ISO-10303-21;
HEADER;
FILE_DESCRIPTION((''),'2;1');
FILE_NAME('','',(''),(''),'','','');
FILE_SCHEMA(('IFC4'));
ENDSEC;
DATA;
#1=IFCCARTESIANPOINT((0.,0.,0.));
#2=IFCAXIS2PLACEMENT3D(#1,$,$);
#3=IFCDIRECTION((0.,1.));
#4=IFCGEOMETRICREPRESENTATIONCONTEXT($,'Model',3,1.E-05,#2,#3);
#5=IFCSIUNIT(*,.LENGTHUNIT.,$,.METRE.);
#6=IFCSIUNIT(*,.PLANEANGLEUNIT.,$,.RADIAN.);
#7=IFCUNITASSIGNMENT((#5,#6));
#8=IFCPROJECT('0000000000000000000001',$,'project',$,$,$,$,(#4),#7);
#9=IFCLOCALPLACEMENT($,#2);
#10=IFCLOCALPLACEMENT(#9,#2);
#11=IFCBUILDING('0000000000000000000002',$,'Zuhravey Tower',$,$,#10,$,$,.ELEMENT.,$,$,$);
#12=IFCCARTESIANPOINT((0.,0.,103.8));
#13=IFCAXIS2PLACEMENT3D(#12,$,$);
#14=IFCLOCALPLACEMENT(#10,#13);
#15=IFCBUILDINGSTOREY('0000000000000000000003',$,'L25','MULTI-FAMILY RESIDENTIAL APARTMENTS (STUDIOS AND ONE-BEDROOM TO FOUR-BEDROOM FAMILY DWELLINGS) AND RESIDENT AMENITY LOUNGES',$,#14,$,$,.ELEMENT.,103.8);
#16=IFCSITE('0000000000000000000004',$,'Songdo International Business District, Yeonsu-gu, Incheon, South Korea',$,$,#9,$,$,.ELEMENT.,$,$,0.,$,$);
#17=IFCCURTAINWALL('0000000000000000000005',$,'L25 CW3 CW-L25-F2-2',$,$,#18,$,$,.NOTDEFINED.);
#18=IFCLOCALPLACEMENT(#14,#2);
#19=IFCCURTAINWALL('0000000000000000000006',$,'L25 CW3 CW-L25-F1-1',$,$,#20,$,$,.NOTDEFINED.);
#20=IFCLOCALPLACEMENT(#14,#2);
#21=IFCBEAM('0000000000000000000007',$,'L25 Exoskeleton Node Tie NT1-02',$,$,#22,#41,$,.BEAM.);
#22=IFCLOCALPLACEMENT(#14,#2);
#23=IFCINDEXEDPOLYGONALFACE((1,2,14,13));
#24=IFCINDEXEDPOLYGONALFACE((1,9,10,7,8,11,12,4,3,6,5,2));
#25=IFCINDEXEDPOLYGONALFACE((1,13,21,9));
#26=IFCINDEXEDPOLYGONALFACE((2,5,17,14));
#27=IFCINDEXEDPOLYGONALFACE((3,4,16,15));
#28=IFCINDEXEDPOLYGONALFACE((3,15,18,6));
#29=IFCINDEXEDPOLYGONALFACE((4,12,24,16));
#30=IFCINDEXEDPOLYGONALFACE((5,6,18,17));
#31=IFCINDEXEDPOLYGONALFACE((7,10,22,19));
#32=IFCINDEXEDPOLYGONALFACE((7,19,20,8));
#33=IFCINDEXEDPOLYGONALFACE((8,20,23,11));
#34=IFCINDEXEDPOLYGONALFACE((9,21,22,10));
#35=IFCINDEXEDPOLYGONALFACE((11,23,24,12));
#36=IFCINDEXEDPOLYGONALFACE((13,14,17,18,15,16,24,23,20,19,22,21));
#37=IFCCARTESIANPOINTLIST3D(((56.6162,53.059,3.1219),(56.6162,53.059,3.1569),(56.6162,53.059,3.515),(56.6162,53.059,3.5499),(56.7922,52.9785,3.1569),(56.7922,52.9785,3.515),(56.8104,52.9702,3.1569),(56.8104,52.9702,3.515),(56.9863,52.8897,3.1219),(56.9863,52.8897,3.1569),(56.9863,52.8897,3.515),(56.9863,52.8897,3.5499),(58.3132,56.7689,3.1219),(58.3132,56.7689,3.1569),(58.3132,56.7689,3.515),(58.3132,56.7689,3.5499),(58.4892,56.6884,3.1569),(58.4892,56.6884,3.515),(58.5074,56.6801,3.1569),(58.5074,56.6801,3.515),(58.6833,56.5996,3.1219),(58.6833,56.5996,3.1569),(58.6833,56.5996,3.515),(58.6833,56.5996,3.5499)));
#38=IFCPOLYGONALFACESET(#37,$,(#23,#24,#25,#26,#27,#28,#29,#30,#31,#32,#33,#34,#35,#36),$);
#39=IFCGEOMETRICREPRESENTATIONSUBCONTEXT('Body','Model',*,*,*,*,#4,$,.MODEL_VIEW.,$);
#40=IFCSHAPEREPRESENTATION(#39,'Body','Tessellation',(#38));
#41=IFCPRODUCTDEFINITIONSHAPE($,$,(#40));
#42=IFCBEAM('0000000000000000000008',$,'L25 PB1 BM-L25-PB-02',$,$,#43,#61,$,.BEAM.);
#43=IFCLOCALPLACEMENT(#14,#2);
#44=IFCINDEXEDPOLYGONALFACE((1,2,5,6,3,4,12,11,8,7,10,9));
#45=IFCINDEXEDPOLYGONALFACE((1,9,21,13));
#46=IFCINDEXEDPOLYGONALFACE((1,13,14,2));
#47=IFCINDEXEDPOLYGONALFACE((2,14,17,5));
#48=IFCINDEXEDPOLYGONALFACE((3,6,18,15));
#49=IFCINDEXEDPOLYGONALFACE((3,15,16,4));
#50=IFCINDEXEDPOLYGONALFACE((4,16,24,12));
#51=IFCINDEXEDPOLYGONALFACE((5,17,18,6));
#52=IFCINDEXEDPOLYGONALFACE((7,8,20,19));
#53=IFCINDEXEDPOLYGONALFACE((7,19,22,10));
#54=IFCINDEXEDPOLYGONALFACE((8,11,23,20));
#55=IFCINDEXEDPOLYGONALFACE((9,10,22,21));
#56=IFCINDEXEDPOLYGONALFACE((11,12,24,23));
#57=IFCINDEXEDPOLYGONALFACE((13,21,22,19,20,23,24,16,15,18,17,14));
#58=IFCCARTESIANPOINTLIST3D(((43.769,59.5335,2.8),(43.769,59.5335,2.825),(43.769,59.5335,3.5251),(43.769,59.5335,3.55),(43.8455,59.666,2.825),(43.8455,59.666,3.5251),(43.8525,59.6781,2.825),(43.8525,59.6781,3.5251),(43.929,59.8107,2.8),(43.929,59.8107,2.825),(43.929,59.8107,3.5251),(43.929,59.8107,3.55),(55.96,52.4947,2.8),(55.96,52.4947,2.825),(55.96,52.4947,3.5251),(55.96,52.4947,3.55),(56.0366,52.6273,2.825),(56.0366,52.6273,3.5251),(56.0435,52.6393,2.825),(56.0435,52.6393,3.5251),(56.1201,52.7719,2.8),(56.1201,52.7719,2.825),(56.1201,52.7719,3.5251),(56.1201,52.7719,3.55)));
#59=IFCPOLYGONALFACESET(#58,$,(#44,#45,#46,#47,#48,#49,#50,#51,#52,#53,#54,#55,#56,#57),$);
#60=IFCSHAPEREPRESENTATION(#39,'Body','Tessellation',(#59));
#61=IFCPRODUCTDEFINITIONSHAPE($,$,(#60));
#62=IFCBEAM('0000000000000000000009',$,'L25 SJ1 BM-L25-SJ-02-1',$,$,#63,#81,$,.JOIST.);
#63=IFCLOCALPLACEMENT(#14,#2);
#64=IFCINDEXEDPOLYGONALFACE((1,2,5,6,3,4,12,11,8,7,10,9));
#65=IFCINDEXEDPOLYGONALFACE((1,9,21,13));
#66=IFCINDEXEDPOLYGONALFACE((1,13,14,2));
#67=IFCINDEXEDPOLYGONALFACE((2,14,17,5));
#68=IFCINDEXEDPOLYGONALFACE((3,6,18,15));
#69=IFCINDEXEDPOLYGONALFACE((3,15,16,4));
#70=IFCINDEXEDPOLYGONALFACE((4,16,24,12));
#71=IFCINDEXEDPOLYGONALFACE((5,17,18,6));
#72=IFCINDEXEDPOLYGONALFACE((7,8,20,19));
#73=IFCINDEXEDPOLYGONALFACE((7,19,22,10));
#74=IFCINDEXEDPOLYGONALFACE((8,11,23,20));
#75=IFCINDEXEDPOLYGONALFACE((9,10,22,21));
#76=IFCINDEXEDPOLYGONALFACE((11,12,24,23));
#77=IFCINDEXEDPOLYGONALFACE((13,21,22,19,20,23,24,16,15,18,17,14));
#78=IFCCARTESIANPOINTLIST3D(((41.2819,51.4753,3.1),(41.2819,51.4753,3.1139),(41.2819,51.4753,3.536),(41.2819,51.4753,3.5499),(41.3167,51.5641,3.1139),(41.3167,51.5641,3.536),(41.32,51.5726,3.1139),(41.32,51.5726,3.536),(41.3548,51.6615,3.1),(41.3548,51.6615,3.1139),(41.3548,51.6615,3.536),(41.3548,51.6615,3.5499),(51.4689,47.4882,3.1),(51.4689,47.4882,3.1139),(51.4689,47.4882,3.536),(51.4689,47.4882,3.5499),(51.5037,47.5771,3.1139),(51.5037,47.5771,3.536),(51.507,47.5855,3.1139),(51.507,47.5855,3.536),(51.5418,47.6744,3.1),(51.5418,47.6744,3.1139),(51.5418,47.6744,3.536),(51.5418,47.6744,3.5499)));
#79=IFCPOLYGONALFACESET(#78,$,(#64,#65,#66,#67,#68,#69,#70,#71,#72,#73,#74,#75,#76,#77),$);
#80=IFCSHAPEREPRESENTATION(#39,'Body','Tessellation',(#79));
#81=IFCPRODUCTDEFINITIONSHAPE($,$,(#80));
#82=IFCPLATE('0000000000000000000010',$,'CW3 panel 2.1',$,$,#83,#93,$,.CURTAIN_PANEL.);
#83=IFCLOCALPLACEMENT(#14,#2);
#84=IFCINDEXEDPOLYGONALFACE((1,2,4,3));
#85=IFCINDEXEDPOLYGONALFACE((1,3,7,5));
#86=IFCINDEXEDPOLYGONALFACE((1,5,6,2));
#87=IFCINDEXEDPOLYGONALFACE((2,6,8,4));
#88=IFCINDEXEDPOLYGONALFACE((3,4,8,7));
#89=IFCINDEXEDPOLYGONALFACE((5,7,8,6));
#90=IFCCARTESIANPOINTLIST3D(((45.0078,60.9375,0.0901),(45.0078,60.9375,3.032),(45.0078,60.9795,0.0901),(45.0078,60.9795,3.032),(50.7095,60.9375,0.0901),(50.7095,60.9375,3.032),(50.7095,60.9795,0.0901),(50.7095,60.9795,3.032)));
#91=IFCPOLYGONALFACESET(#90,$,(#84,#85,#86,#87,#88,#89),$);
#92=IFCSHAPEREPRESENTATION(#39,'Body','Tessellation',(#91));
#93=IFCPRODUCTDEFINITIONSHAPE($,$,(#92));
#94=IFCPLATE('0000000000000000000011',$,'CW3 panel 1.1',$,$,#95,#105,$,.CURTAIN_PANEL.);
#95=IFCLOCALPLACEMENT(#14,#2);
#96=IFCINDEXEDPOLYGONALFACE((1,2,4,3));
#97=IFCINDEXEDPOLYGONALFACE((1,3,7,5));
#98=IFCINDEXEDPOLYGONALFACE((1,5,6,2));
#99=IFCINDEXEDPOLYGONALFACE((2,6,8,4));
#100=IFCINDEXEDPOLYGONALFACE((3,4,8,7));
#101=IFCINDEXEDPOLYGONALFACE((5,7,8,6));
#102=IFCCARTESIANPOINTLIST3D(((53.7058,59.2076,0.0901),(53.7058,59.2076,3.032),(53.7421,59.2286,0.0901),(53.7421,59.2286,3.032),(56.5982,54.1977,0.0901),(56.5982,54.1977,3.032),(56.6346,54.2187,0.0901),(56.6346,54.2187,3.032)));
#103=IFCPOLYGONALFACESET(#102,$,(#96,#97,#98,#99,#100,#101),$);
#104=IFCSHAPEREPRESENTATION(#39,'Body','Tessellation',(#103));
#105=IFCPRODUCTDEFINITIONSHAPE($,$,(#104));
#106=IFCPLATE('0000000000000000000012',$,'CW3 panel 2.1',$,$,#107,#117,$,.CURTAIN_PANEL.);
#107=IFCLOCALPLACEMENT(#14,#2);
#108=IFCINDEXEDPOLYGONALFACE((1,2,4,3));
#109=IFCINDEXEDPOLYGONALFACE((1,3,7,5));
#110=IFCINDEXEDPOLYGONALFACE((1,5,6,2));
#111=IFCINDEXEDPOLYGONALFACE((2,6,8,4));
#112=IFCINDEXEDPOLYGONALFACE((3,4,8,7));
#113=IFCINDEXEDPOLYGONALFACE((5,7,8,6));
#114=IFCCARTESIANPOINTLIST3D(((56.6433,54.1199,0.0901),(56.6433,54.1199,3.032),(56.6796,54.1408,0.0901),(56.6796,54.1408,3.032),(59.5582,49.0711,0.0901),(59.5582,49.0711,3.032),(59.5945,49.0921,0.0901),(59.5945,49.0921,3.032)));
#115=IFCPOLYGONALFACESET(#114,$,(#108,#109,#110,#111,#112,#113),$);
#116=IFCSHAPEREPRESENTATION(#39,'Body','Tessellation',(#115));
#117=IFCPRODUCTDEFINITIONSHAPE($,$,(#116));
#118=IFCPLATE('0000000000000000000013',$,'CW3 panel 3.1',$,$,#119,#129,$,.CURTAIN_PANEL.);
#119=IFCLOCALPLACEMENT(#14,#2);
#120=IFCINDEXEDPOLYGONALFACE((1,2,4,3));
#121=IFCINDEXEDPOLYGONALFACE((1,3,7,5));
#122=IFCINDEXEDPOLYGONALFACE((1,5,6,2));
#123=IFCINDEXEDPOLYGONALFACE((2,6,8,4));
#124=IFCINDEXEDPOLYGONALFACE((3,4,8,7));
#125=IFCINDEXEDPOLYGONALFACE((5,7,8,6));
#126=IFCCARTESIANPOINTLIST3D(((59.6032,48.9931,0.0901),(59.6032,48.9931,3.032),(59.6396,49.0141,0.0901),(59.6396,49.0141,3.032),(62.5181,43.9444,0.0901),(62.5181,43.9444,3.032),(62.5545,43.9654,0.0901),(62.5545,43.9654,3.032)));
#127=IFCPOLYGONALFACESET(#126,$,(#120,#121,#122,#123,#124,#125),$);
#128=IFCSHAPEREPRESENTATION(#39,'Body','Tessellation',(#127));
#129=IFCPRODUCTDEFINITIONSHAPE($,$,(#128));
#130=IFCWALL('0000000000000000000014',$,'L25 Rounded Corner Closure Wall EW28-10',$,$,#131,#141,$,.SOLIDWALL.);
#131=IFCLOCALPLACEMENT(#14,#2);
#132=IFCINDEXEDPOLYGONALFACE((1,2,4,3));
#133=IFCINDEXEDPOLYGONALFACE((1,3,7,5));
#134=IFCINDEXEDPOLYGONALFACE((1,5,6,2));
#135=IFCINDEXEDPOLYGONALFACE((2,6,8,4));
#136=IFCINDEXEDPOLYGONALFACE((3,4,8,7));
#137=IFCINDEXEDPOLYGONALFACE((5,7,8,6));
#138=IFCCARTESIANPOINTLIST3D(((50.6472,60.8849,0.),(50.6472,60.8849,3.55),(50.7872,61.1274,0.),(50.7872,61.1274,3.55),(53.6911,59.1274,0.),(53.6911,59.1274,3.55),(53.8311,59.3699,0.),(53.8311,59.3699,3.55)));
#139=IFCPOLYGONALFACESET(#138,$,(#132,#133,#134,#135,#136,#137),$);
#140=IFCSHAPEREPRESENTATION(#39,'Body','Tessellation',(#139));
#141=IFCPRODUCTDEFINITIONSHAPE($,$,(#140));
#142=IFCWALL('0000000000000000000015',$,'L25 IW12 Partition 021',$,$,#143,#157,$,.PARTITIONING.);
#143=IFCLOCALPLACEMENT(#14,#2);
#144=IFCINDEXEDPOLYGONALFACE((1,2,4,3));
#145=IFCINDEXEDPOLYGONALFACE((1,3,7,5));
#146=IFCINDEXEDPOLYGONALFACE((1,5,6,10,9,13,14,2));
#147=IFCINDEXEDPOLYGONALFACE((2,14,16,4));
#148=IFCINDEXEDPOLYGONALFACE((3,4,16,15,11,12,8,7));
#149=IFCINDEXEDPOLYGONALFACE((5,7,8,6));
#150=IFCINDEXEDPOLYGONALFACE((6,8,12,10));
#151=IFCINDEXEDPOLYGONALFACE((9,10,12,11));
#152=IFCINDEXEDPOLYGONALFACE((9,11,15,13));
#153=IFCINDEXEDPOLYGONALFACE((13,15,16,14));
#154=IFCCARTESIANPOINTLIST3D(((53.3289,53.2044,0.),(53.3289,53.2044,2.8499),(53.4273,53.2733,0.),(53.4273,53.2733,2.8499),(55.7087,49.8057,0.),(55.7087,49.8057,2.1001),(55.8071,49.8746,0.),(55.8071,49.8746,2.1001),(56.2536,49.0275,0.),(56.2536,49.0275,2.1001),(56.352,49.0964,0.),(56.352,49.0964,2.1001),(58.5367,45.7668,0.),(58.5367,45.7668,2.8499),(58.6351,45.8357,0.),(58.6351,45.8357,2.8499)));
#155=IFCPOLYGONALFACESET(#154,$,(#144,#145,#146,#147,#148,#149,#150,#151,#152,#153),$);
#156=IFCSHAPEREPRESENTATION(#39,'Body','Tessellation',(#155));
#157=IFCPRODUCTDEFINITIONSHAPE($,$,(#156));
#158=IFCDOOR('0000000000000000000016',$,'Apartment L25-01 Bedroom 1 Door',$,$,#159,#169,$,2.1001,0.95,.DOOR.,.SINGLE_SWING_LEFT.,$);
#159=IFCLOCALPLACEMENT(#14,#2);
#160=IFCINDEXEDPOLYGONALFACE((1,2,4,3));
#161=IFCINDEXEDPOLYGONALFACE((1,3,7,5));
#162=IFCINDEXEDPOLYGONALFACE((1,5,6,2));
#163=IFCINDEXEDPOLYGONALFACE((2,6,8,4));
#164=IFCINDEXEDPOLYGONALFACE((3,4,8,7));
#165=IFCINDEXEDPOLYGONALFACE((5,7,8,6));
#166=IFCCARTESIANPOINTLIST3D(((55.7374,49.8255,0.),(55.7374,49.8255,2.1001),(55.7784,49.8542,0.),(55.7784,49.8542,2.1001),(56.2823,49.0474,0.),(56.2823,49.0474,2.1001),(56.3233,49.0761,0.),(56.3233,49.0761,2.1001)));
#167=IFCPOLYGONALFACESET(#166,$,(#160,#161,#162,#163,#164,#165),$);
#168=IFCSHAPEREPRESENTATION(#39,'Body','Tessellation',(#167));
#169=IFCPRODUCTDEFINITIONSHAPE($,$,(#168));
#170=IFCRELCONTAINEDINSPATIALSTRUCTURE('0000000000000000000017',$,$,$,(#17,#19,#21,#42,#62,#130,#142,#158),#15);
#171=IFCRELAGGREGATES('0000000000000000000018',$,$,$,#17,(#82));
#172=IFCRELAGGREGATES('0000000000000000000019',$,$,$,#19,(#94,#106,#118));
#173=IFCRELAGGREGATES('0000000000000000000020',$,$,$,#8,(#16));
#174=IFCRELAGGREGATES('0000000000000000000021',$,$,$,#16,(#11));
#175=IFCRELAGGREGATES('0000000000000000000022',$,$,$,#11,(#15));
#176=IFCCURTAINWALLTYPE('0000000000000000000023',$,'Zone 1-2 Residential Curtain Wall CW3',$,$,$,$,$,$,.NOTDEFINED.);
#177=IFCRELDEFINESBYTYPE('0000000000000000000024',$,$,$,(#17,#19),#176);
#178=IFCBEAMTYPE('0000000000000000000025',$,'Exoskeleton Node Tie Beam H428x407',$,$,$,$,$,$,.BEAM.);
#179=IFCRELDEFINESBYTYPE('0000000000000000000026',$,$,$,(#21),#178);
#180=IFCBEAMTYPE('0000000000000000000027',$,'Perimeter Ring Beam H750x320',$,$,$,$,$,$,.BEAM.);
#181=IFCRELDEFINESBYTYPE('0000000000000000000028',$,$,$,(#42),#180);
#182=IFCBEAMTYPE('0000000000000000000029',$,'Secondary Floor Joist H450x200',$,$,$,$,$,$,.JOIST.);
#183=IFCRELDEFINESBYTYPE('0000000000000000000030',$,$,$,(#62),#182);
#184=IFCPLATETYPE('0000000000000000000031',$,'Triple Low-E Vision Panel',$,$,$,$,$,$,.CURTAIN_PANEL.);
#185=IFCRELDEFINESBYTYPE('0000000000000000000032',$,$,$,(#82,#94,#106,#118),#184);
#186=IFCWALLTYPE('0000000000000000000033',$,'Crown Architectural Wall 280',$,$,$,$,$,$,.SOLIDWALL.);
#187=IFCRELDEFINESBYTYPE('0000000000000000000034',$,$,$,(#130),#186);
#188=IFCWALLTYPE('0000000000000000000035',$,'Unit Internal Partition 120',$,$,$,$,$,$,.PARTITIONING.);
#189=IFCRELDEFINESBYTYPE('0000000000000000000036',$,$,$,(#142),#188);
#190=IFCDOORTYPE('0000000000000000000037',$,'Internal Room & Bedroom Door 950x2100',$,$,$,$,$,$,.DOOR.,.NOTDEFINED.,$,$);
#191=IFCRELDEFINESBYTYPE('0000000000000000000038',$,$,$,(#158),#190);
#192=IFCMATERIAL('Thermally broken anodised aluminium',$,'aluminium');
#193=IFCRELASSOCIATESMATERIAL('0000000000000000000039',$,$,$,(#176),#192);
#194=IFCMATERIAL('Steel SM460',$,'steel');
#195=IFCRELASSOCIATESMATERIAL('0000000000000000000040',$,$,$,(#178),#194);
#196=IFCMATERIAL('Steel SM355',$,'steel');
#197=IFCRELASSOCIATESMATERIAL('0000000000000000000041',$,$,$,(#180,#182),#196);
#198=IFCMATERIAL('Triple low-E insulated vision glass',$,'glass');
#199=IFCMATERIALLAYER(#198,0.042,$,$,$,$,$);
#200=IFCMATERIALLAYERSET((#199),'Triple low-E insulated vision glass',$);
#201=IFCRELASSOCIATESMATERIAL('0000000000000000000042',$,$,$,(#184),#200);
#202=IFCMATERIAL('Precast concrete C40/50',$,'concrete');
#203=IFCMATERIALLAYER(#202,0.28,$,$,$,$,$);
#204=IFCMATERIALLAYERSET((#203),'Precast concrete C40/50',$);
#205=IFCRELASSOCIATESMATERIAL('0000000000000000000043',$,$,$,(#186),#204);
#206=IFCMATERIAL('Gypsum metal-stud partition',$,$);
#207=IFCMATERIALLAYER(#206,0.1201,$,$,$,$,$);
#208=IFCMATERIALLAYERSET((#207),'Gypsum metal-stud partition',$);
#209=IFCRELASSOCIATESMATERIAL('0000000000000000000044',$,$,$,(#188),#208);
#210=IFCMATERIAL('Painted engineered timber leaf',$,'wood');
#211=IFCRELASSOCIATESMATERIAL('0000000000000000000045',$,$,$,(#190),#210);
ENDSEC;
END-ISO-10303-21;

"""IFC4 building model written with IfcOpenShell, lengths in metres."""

from ifc_helpers import new_model, si_unit, direction, frame, frame_2d, origin, origin_2d, place, context, subcontext, project, spatial, rectangle, i_section, extrude, material, layer, layer_set, material_profile, profile_set, type_object, element, fill, aggregate, save


model = new_model("IFC4")

# Units and contexts
model_context = context("Model", 3, precision=1e-05, world=origin(), true_north=direction((0.0, 1.0)))
body_context = subcontext(model_context, "Body", "Model", "MODEL_VIEW")
ifc_project = project(units=[si_unit("LENGTHUNIT", "METRE"), si_unit("PLANEANGLEUNIT", "RADIAN")], contexts=[model_context])

# Site, building, storey
site_placement = place(None, origin())
site = spatial("IfcSite", under=ifc_project, at=site_placement, Name="Songdo International Business District, Yeonsu-gu, Incheon, South Korea", CompositionType="ELEMENT", RefElevation=0.0)
building_placement = place(site_placement, origin())
building = spatial("IfcBuilding", under=site, at=building_placement, Name="Zuhravey Tower", CompositionType="ELEMENT")
storey_placement = place(building_placement, frame((0.0, 0.0, 103.8)))
storey = spatial("IfcBuildingStorey", under=building, at=storey_placement, Name="L25", Description="MULTI-FAMILY RESIDENTIAL APARTMENTS (STUDIOS AND ONE-BEDROOM TO FOUR-BEDROOM FAMILY DWELLINGS) AND RESIDENT AMENITY LOUNGES", CompositionType="ELEMENT", Elevation=103.8)

# Curtain wall
ifc_material_1 = material(Name="Thermally broken anodised aluminium", Category="aluminium")
curtain_wall_type = type_object("IfcCurtainWallType", Name="Zone 1-2 Residential Curtain Wall CW3", PredefinedType="NOTDEFINED", material=ifc_material_1)
curtain_wall_1_placement = place(storey_placement, origin())
curtain_wall_1 = element("IfcCurtainWall", 1, at=curtain_wall_1_placement, inside=storey, type_object=curtain_wall_type, Name="L25 CW3 CW-L25-F2-2", PredefinedType="NOTDEFINED")

# Curtain wall
curtain_wall_2_placement = place(storey_placement, origin())
curtain_wall_2 = element("IfcCurtainWall", 2, at=curtain_wall_2_placement, inside=storey, type_object=curtain_wall_type, Name="L25 CW3 CW-L25-F1-1", PredefinedType="NOTDEFINED")

# Beams
ifc_material_2 = material(Name="Steel SM460", Category="steel")
ifc_material_profile_1 = material_profile(ifc_material_2, i_section(OverallWidth=0.407, OverallDepth=0.428, WebThickness=0.02, FlangeThickness=0.0349, at=origin_2d()), Name="H-428x407x20x35")
ifc_profile_set_1 = profile_set([ifc_material_profile_1], Name="Steel SM460")
beam_type_1 = type_object("IfcBeamType", Name="Exoskeleton Node Tie Beam H428x407", PredefinedType="BEAM", material=ifc_profile_set_1)
beam_1_placement = place(storey_placement, frame((56.8013, 52.9744, 3.3359), z_axis=(0.41597, 0.909378, 0.0), x_axis=(-0.909378, 0.41597, 0.0)))
element("IfcBeam", 3, at=beam_1_placement, inside=storey, type_object=beam_type_1, Name="L25 Exoskeleton Node Tie NT1-02", PredefinedType="BEAM", context=body_context, shape_type="SweptSolid", body=[
    extrude(i_section(OverallWidth=0.407, OverallDepth=0.428, WebThickness=0.02, FlangeThickness=0.0349, at=origin_2d()), origin(), (0.0, 0.0, 1.0), 4.0796),
])
ifc_material_3 = material(Name="Steel SM355", Category="steel")
ifc_material_profile_2 = material_profile(ifc_material_3, i_section(OverallWidth=0.3201, OverallDepth=0.75, WebThickness=0.0139, FlangeThickness=0.0249, at=origin_2d()), Name="H-750x320x14x25")
ifc_profile_set_2 = profile_set([ifc_material_profile_2], Name="Steel SM355")
beam_type_2 = type_object("IfcBeamType", Name="Perimeter Ring Beam H750x320", PredefinedType="BEAM", material=ifc_profile_set_2)
beam_2_placement = place(storey_placement, frame((56.04, 52.6333, 3.175), z_axis=(-0.866018, 0.500013, 0.0), x_axis=(-0.500013, -0.866018, 0.0)))
element("IfcBeam", 4, at=beam_2_placement, inside=storey, type_object=beam_type_2, Name="L25 PB1 BM-L25-PB-02", PredefinedType="BEAM", context=body_context, shape_type="SweptSolid", body=[
    extrude(i_section(OverallWidth=0.3201, OverallDepth=0.75, WebThickness=0.0139, FlangeThickness=0.0249, at=origin_2d()), origin(), (0.0, 0.0, 1.0), 14.0771),
])
ifc_material_profile_3 = material_profile(ifc_material_3, i_section(OverallWidth=0.2, OverallDepth=0.45, WebThickness=0.009, FlangeThickness=0.0139, at=origin_2d()), Name="H-450x200x9x14")
ifc_profile_set_3 = profile_set([ifc_material_profile_3], Name="Steel SM355")
beam_type_3 = type_object("IfcBeamType", Name="Secondary Floor Joist H450x200", PredefinedType="JOIST", material=ifc_profile_set_3)
beam_3_placement = place(storey_placement, frame((51.5054, 47.5813, 3.325), z_axis=(-0.931217, 0.364466, 0.0), x_axis=(-0.364466, -0.931217, 0.0)))
element("IfcBeam", 5, at=beam_3_placement, inside=storey, type_object=beam_type_3, Name="L25 SJ1 BM-L25-SJ-02-1", PredefinedType="JOIST", context=body_context, shape_type="SweptSolid", body=[
    extrude(i_section(OverallWidth=0.2, OverallDepth=0.45, WebThickness=0.009, FlangeThickness=0.0139, at=origin_2d()), origin(), (0.0, 0.0, 1.0), 10.9395),
])

# Plates
ifc_material_4 = material(Name="Triple low-E insulated vision glass", Category="glass")
ifc_layer_1 = layer(ifc_material_4, 0.042)
ifc_layer_set_1 = layer_set([ifc_layer_1], Name="Triple low-E insulated vision glass")
plate_type = type_object("IfcPlateType", Name="Triple Low-E Vision Panel", PredefinedType="CURTAIN_PANEL", material=ifc_layer_set_1)
plate_1_placement = place(storey_placement, frame((47.8586, 60.9585, 0.0901), z_axis=(0.0, 0.0, 1.0), x_axis=(1.0, 0.0, 0.0)))
plate_1 = element("IfcPlate", 6, at=plate_1_placement, type_object=plate_type, Name="CW3 panel 2.1", PredefinedType="CURTAIN_PANEL", context=body_context, shape_type="SweptSolid", body=[
    extrude(rectangle(XDim=5.7017, YDim=0.042, at=origin_2d()), origin(), (0.0, 0.0, 1.0), 2.9419),
])
aggregate(curtain_wall_1, [plate_1])
plate_2_placement = place(storey_placement, frame((55.1702, 56.7131, 0.0901), z_axis=(0.0, 0.0, 1.0), x_axis=(0.5, -0.866026, 0.0)))
plate_2 = element("IfcPlate", 7, at=plate_2_placement, type_object=plate_type, Name="CW3 panel 1.1", PredefinedType="CURTAIN_PANEL", context=body_context, shape_type="SweptSolid", body=[
    extrude(rectangle(XDim=5.7849, YDim=0.042, at=origin_2d()), origin(), (0.0, 0.0, 1.0), 2.9419),
])
plate_3_placement = place(storey_placement, frame((58.1189, 51.606, 0.0901), z_axis=(0.0, 0.0, 1.0), x_axis=(0.5, -0.866026, 0.0)))
plate_3 = element("IfcPlate", 8, at=plate_3_placement, type_object=plate_type, Name="CW3 panel 2.1", PredefinedType="CURTAIN_PANEL", context=body_context, shape_type="SweptSolid", body=[
    extrude(rectangle(XDim=5.8298, YDim=0.042, at=origin_2d()), origin(), (0.0, 0.0, 1.0), 2.9419),
])
plate_4_placement = place(storey_placement, frame((61.0789, 46.4792, 0.0901), z_axis=(0.0, 0.0, 1.0), x_axis=(0.5, -0.866026, 0.0)))
plate_4 = element("IfcPlate", 9, at=plate_4_placement, type_object=plate_type, Name="CW3 panel 3.1", PredefinedType="CURTAIN_PANEL", context=body_context, shape_type="SweptSolid", body=[
    extrude(rectangle(XDim=5.8298, YDim=0.042, at=origin_2d()), origin(), (0.0, 0.0, 1.0), 2.9419),
])
aggregate(curtain_wall_2, [plate_2, plate_3, plate_4])

# Wall
ifc_material_5 = material(Name="Precast concrete C40/50", Category="concrete")
ifc_layer_2 = layer(ifc_material_5, 0.28)
ifc_layer_set_2 = layer_set([ifc_layer_2], Name="Precast concrete C40/50")
wall_type_1 = type_object("IfcWallType", Name="Crown Architectural Wall 280", PredefinedType="SOLIDWALL", material=ifc_layer_set_2)
wall_1_placement = place(storey_placement, frame((50.7173, 61.0061, 0.0), z_axis=(0.0, 0.0, 1.0), x_axis=(0.866007, -0.500031, 0.0)))
element("IfcWall", 10, at=wall_1_placement, inside=storey, type_object=wall_type_1, Name="L25 Rounded Corner Closure Wall EW28-10", PredefinedType="SOLIDWALL", context=body_context, shape_type="SweptSolid", body=[
    extrude(rectangle(XDim=3.5149, YDim=0.28, at=frame_2d((1.7573, 0.0))), origin(), (0.0, 0.0, 1.0), 3.55),
])

# Wall, opening, door
ifc_material_6 = material(Name="Gypsum metal-stud partition")
ifc_layer_3 = layer(ifc_material_6, 0.1201)
ifc_layer_set_3 = layer_set([ifc_layer_3], Name="Gypsum metal-stud partition")
wall_type_2 = type_object("IfcWallType", Name="Unit Internal Partition 120", PredefinedType="PARTITIONING", material=ifc_layer_set_3)
wall_2_placement = place(storey_placement, frame((58.5859, 45.8013, 0.0), z_axis=(0.0, 0.0, 1.0), x_axis=(-0.573574, 0.819154, 0.0)))
wall_2 = element("IfcWall", 11, at=wall_2_placement, inside=storey, type_object=wall_type_2, Name="L25 IW12 Partition 021", PredefinedType="PARTITIONING", context=body_context, shape_type="SweptSolid", body=[
    extrude(rectangle(XDim=9.0796, YDim=0.1201, at=frame_2d((4.5398, 0.0))), origin(), (0.0, 0.0, 1.0), 2.8499),
])
opening_1_placement = place(wall_2_placement, frame((3.9805, 0.0, 0.0)))
opening_1 = element("IfcOpeningElement", 12, at=opening_1_placement, cuts=wall_2, PredefinedType="OPENING", context=body_context, shape_type="SweptSolid", body=[
    extrude(rectangle(XDim=0.95, YDim=2.1001, at=frame_2d((0.4751, 1.05))), frame((0.0, 0.072, 0.0), z_axis=(0.0, -1.0, 0.0), x_axis=(1.0, 0.0, 0.0)), (0.0, 0.0, 1.0), 0.144),
])
ifc_material_7 = material(Name="Painted engineered timber leaf", Category="wood")
door_type = type_object("IfcDoorType", Name="Internal Room & Bedroom Door 950x2100", OperationType="NOTDEFINED", PredefinedType="DOOR", material=ifc_material_7)
door_1_placement = place(opening_1_placement, frame((0.95, 0.0, 0.0), z_axis=(0.0, 0.0, 1.0), x_axis=(-1.0, 0.0, 0.0)))
door_1 = element("IfcDoor", 13, at=door_1_placement, inside=storey, type_object=door_type, Name="Apartment L25-01 Bedroom 1 Door", OperationType="SINGLE_SWING_LEFT", OverallHeight=2.1001, OverallWidth=0.95, PredefinedType="DOOR", context=body_context, shape_type="SweptSolid", body=[
    extrude(rectangle(XDim=0.95, YDim=2.1001, at=frame_2d((0.4751, 1.05))), frame((0.0, 0.0249, 0.0), z_axis=(0.0, -1.0, 0.0), x_axis=(1.0, 0.0, 0.0)), (0.0, 0.0, 1.0), 0.05),
])
fill(opening_1, door_1)

save(model, "model.ifc")
